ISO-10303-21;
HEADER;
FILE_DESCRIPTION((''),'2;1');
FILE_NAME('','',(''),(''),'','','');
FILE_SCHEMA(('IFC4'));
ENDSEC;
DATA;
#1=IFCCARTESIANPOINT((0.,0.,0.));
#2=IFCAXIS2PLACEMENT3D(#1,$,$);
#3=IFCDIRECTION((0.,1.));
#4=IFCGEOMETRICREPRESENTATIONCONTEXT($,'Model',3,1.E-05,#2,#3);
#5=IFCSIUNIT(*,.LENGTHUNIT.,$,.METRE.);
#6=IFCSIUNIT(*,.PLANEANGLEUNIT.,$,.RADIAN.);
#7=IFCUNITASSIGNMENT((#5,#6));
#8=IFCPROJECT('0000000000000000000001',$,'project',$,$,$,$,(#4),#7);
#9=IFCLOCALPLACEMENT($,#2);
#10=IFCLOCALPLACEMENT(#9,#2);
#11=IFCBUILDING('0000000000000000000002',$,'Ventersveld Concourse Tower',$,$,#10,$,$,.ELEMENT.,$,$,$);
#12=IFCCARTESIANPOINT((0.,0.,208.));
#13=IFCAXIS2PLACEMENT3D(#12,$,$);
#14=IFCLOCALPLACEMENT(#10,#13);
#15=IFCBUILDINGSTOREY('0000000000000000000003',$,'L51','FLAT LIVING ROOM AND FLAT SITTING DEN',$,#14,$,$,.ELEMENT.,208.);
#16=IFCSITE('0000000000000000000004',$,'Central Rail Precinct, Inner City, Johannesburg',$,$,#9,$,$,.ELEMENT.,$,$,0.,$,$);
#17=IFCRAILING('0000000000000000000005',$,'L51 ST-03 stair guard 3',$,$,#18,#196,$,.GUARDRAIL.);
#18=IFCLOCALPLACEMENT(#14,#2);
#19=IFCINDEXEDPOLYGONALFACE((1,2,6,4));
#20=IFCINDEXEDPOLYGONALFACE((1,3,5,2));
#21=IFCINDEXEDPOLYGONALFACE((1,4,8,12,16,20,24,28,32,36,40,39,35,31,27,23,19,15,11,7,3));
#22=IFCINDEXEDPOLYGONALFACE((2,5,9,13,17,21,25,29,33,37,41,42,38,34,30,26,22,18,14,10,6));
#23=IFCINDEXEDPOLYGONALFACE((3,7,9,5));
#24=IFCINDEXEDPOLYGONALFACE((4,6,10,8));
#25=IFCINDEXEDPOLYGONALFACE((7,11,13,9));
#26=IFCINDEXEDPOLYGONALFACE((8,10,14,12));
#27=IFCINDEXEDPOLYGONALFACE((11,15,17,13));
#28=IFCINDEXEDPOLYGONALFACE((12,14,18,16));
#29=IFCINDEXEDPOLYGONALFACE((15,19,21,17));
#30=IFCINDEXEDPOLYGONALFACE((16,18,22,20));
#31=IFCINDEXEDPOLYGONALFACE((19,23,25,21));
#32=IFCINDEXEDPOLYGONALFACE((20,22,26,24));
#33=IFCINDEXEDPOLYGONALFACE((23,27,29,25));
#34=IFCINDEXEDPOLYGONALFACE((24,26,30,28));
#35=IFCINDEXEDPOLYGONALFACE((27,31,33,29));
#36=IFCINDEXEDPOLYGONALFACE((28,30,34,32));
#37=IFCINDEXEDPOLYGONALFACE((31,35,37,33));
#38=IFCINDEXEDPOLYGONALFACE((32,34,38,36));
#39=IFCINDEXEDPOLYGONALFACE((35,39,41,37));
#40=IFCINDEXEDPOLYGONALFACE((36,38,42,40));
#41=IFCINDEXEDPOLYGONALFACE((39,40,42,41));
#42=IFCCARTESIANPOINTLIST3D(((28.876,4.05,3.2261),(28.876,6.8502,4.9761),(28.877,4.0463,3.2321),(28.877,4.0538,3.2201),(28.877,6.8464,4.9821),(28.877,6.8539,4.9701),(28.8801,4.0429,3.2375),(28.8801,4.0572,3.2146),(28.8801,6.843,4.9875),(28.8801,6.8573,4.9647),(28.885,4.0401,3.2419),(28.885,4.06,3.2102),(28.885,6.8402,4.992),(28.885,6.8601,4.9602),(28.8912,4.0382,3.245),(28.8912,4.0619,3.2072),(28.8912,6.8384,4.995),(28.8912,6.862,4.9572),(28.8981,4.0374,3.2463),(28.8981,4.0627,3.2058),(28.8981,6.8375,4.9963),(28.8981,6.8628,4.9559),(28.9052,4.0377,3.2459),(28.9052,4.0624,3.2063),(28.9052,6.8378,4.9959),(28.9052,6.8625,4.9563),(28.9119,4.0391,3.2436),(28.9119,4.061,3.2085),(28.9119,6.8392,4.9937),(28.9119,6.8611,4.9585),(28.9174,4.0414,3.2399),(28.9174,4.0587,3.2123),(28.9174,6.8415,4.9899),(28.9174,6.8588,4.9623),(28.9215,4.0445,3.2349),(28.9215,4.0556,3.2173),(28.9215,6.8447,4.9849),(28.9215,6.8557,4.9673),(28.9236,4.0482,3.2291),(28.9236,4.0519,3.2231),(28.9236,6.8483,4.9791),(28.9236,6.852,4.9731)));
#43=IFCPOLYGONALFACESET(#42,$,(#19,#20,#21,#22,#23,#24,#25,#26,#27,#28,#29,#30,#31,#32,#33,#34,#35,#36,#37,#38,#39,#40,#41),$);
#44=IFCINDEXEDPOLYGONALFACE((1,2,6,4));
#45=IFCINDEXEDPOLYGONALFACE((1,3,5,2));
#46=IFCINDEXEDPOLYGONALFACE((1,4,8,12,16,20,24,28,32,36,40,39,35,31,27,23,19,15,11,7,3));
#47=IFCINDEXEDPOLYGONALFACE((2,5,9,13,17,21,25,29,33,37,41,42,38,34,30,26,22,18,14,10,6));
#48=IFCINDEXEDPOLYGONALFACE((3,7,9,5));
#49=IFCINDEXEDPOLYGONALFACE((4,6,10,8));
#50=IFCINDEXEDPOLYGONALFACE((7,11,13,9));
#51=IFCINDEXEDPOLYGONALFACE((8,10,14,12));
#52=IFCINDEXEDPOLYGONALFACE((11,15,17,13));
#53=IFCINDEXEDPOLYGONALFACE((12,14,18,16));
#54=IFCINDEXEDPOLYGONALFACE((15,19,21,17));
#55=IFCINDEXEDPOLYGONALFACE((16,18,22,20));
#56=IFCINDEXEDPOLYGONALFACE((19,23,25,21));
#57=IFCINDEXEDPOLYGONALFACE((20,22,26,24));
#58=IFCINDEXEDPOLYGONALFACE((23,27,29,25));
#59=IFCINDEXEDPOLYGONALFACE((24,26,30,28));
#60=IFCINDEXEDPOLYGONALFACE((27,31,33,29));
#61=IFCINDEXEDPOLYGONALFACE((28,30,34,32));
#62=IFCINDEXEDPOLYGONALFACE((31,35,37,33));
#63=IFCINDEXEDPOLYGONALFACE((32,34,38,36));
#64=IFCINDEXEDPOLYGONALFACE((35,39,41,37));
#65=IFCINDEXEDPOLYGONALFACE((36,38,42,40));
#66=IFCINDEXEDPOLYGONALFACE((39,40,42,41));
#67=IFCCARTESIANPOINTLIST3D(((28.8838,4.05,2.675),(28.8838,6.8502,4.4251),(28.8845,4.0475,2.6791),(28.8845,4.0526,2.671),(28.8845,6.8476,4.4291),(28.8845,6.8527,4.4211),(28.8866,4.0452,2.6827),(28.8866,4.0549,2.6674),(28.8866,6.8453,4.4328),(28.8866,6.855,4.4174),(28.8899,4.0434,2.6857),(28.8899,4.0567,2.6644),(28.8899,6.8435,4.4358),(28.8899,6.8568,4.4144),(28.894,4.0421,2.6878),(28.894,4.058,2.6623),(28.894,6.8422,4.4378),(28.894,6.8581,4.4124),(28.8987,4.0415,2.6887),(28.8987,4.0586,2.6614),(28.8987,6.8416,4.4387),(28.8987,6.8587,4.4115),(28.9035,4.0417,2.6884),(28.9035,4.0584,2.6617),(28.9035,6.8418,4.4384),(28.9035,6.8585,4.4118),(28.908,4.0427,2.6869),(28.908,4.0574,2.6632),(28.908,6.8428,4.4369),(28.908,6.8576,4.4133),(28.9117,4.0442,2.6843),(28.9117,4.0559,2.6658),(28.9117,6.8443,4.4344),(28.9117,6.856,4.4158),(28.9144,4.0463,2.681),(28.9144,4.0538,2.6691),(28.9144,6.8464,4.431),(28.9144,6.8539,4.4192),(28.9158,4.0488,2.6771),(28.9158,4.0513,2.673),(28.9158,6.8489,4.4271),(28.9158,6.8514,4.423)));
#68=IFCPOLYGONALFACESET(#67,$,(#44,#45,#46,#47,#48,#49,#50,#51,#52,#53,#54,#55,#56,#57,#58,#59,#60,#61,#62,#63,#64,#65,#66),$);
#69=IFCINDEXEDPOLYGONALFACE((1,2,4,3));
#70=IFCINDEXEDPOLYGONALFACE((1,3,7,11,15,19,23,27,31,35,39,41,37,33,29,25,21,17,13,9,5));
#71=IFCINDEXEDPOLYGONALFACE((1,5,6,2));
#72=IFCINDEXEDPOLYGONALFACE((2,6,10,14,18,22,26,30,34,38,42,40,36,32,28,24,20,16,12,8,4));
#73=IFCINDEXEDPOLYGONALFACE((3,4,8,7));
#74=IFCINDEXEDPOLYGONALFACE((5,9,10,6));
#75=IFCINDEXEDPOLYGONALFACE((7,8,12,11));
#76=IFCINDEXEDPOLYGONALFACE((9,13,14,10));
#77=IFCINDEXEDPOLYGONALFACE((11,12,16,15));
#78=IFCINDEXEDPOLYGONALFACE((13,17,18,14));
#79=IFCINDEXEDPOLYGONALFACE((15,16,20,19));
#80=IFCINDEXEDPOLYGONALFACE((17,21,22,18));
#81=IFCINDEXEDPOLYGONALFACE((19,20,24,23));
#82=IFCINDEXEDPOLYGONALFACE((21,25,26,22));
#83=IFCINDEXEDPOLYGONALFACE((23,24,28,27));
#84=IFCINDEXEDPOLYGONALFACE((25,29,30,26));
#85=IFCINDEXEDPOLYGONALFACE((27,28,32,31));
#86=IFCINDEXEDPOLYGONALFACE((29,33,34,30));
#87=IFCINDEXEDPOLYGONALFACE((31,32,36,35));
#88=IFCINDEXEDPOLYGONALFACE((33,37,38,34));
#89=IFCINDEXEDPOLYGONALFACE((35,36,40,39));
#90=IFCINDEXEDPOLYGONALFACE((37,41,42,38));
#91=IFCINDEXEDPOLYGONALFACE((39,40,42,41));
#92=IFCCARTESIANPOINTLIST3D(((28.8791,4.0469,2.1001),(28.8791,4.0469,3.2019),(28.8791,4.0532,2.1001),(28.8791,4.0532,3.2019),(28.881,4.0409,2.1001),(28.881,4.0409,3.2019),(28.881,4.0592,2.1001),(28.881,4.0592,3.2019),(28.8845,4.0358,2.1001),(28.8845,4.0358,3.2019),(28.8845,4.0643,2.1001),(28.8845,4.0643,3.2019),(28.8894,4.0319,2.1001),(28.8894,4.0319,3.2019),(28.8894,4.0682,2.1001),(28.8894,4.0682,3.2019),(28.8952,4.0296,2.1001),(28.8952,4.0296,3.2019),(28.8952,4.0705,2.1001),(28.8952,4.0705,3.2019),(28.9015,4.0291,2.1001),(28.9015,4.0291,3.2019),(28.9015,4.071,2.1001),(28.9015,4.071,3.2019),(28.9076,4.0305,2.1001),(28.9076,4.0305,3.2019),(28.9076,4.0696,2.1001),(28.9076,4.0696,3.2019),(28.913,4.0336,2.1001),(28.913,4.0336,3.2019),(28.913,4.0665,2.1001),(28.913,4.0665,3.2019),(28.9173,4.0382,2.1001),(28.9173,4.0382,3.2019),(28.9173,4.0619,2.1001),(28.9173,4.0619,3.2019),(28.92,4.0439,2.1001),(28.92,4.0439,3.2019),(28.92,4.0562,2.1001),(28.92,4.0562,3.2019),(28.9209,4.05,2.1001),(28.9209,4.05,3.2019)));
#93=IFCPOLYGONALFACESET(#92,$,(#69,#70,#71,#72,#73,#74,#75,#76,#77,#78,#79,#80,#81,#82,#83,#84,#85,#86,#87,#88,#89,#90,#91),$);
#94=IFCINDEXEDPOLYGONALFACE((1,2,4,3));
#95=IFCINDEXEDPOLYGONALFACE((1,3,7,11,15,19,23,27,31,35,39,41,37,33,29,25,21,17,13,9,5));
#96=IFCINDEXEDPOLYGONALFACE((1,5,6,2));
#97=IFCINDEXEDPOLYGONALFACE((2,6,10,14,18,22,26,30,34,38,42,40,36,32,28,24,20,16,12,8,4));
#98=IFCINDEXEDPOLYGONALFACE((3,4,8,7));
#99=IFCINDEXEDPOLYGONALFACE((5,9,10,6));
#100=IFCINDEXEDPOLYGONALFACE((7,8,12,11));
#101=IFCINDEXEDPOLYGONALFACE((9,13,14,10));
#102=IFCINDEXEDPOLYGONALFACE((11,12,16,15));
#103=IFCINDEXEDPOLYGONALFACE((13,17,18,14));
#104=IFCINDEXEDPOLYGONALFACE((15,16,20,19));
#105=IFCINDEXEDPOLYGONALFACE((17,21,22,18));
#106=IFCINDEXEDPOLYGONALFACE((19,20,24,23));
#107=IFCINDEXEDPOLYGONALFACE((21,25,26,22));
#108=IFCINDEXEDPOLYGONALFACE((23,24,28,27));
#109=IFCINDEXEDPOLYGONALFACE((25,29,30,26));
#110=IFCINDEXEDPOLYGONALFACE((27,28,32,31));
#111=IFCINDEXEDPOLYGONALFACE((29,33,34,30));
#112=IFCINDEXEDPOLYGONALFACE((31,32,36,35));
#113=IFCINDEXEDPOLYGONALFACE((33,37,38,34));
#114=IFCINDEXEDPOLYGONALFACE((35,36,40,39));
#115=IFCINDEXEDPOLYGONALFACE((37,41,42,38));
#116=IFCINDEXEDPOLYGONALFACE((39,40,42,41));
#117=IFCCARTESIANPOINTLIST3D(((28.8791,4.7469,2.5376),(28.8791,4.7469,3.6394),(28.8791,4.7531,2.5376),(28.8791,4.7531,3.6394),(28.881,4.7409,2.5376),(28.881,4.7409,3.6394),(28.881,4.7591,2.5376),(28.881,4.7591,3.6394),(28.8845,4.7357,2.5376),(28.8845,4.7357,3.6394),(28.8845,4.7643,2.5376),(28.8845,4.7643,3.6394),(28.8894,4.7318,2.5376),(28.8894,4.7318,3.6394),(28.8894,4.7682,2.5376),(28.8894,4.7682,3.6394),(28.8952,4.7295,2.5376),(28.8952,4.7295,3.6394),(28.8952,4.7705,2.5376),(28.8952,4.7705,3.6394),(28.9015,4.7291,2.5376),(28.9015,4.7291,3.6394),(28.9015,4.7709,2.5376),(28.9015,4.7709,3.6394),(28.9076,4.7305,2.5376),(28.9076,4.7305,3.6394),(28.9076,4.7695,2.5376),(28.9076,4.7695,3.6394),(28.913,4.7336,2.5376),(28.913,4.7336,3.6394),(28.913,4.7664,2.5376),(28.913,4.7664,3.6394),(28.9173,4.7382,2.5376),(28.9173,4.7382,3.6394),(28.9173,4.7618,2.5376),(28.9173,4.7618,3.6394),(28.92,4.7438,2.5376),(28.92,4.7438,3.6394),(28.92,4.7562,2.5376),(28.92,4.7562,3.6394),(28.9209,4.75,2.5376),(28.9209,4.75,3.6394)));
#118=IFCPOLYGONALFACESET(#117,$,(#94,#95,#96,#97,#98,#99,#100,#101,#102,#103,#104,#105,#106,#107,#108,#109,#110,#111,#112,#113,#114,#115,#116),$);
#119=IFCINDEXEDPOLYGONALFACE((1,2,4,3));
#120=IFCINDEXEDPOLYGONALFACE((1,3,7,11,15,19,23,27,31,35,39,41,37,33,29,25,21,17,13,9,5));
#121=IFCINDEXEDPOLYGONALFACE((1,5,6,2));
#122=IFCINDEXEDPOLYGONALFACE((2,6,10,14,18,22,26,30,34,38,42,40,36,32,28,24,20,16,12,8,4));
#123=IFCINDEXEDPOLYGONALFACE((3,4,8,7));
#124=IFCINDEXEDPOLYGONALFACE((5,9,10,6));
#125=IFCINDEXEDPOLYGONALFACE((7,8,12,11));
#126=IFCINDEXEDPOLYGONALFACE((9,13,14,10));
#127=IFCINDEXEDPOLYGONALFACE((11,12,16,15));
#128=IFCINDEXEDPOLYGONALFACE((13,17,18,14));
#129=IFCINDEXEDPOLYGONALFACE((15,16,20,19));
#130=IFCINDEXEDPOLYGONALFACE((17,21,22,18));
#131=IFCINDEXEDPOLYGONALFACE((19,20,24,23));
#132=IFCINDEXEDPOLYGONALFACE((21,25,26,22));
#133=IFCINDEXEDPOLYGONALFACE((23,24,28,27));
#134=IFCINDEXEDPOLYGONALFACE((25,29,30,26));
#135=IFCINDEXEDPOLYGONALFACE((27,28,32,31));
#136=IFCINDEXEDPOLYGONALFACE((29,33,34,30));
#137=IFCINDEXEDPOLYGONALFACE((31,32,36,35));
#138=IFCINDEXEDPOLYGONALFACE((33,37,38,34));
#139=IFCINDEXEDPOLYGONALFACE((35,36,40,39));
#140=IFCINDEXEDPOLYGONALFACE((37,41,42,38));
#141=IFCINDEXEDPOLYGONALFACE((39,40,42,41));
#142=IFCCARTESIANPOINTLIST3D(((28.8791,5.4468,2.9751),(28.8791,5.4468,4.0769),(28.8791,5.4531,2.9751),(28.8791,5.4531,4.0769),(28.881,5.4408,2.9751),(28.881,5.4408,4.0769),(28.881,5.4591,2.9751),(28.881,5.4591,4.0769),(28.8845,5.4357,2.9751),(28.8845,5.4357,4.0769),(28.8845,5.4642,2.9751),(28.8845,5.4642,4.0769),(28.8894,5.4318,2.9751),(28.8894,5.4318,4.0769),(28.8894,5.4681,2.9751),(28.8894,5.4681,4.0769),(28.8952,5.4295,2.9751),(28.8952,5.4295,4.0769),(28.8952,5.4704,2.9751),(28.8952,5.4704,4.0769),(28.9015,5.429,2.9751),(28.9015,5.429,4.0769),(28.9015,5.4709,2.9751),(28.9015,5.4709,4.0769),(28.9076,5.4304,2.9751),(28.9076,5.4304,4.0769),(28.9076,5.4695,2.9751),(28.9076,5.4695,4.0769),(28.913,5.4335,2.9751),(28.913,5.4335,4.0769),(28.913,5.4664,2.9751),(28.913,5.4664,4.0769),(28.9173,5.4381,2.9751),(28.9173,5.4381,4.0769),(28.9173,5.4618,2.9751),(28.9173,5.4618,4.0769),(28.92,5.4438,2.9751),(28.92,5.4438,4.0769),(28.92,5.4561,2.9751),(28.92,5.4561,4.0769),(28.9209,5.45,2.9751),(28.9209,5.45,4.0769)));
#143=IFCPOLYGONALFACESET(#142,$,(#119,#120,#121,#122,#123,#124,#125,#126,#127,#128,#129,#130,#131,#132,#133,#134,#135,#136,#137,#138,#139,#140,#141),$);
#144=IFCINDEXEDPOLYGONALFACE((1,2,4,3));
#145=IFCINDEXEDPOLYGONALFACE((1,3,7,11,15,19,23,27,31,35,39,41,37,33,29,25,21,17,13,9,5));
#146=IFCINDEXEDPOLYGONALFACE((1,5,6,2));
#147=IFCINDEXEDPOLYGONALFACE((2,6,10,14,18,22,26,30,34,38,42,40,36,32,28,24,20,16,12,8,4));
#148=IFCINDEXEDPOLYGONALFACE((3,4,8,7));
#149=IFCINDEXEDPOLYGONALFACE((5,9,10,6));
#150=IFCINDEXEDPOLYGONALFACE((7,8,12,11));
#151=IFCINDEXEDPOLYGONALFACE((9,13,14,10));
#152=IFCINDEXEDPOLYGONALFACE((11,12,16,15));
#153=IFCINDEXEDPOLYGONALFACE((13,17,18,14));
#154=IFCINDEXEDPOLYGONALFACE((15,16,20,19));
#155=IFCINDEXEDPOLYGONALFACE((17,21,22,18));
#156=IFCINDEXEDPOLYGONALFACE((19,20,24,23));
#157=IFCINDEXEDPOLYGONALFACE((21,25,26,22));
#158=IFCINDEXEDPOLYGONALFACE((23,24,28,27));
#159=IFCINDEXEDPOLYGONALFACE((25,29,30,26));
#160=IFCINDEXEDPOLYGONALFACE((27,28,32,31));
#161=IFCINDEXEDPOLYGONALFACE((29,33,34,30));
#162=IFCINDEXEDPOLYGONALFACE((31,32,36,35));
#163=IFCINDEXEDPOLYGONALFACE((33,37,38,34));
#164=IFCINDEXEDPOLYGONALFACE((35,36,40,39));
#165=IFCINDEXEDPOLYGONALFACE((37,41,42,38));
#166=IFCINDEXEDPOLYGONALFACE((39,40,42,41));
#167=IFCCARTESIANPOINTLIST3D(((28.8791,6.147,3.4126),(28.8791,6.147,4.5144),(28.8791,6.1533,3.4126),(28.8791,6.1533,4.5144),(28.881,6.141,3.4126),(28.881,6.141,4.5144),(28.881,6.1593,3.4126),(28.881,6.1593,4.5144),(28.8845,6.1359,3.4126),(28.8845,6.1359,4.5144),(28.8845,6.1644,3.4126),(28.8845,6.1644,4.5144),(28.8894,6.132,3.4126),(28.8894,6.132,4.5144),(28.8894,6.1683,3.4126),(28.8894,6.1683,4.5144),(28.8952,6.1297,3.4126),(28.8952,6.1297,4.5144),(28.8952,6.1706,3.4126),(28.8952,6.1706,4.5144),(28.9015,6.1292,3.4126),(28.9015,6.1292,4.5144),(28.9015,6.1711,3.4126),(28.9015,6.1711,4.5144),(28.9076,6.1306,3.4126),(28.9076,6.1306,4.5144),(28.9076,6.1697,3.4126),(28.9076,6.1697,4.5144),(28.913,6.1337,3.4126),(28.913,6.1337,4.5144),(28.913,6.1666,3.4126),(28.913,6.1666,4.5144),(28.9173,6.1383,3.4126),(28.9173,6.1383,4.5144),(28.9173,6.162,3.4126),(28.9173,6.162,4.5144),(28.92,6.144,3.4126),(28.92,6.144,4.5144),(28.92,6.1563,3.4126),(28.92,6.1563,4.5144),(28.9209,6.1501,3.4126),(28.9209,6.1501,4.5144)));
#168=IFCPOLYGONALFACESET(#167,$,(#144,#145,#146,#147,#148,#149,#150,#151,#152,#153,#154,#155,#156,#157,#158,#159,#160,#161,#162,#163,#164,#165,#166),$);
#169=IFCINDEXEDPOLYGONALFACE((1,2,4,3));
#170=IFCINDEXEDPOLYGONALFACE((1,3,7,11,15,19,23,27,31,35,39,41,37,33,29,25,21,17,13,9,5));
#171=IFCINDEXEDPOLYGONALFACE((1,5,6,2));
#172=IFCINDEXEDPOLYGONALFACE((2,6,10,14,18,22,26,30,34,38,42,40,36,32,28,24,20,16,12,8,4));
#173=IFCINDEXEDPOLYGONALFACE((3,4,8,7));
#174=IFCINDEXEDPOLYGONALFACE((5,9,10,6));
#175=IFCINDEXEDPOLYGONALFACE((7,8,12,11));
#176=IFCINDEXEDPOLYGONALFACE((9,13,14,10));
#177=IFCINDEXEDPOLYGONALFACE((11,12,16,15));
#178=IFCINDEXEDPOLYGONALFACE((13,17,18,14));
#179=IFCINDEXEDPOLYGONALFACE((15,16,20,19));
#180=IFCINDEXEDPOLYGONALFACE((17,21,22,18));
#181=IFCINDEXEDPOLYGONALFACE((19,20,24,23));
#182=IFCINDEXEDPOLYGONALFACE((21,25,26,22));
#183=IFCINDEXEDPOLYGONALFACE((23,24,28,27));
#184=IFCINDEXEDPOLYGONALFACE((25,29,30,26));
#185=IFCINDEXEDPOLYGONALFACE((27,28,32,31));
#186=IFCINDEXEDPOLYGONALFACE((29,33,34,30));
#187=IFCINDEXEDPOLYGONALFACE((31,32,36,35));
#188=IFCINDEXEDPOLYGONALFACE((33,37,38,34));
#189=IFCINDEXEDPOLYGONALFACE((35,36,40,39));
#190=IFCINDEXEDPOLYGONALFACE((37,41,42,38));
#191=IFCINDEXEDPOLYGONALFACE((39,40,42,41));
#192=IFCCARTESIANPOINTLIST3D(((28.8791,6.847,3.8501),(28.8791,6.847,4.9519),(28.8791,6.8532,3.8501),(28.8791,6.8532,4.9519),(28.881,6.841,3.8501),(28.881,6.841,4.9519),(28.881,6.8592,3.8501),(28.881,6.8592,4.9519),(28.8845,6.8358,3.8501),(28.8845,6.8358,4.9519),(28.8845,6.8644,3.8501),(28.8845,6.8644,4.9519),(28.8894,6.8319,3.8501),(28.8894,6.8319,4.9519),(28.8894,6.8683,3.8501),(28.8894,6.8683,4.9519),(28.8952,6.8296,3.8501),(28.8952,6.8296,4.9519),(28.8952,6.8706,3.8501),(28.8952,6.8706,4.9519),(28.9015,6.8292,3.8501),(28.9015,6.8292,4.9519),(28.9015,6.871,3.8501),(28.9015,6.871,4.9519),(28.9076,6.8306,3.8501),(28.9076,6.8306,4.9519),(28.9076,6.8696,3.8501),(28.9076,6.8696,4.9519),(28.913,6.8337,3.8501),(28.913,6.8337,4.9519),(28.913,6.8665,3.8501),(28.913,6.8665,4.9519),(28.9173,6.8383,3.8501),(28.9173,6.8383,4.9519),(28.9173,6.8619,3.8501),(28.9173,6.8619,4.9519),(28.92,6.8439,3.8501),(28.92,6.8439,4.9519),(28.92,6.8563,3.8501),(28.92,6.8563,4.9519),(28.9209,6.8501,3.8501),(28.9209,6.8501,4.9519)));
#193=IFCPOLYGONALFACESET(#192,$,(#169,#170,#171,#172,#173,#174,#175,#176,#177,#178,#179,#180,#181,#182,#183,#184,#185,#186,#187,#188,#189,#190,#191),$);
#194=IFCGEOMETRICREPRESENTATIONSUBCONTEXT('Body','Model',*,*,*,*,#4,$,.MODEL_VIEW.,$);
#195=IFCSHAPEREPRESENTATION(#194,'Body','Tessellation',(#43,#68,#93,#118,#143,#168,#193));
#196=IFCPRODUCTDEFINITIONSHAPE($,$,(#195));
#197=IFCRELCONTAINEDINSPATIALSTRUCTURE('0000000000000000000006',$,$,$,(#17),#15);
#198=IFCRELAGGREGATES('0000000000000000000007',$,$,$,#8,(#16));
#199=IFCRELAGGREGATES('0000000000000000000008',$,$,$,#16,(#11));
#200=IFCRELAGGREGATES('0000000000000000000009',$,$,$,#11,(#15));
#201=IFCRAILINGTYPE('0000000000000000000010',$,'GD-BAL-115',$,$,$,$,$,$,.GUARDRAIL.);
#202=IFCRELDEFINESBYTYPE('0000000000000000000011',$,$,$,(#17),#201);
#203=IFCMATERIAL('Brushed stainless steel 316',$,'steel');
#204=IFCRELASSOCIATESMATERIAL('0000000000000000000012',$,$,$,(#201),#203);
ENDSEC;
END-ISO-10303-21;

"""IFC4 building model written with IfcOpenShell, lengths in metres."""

from ifc_helpers import new_model, si_unit, direction, frame, origin, origin_2d, place, context, subcontext, project, spatial, circle, extrude, material, type_object, element, save


model = new_model("IFC4")

# Units and contexts
model_context = context("Model", 3, precision=1e-05, world=origin(), true_north=direction((0.0, 1.0)))
body_context = subcontext(model_context, "Body", "Model", "MODEL_VIEW")
ifc_project = project(units=[si_unit("LENGTHUNIT", "METRE"), si_unit("PLANEANGLEUNIT", "RADIAN")], contexts=[model_context])

# Site, building, storey
site_placement = place(None, origin())
site = spatial("IfcSite", under=ifc_project, at=site_placement, Name="Central Rail Precinct, Inner City, Johannesburg", CompositionType="ELEMENT", RefElevation=0.0)
building_placement = place(site_placement, origin())
building = spatial("IfcBuilding", under=site, at=building_placement, Name="Ventersveld Concourse Tower", CompositionType="ELEMENT")
storey_placement = place(building_placement, frame((0.0, 0.0, 208.0)))
storey = spatial("IfcBuildingStorey", under=building, at=storey_placement, Name="L51", Description="FLAT LIVING ROOM AND FLAT SITTING DEN", CompositionType="ELEMENT", Elevation=208.0)

# Shared definitions
ifc_material_1 = material(Name="Brushed stainless steel 316", Category="steel")

# Railing
railing_type_1 = type_object("IfcRailingType", Name="GD-BAL-115", PredefinedType="GUARDRAIL", material=ifc_material_1)
railing_1_placement = place(storey_placement, frame((28.8999, 4.05, 2.1001)))
element("IfcRailing", 1, at=railing_1_placement, inside=storey, type_object=railing_type_1, Name="L51 ST-03 stair guard 3", PredefinedType="GUARDRAIL", context=body_context, shape_type="SweptSolid", body=[
    extrude(circle(Radius=0.0239, at=origin_2d()), frame((0.0, 0.0, 1.126), z_axis=(0.0, 0.848002, 0.529992), x_axis=(-1.0, 0.0, 0.0)), (0.0, 0.0, 1.0), 3.302),
    extrude(circle(Radius=0.0161, at=origin_2d()), frame((0.0, 0.0, 0.575), z_axis=(0.0, 0.848002, 0.529992), x_axis=(-1.0, 0.0, 0.0)), (0.0, 0.0, 1.0), 3.302),
    extrude(circle(Radius=0.021, at=origin_2d()), origin(), (0.0, 0.0, 1.0), 1.1018),
    extrude(circle(Radius=0.021, at=origin_2d()), frame((0.0, 0.7, 0.4375)), (0.0, 0.0, 1.0), 1.1018),
    extrude(circle(Radius=0.021, at=origin_2d()), frame((0.0, 1.3999, 0.875)), (0.0, 0.0, 1.0), 1.1018),
    extrude(circle(Radius=0.021, at=origin_2d()), frame((0.0, 2.1001, 1.3125)), (0.0, 0.0, 1.0), 1.1018),
    extrude(circle(Radius=0.021, at=origin_2d()), frame((0.0, 2.8, 1.75)), (0.0, 0.0, 1.0), 1.1018),
])

save(model, "model.ifc")
